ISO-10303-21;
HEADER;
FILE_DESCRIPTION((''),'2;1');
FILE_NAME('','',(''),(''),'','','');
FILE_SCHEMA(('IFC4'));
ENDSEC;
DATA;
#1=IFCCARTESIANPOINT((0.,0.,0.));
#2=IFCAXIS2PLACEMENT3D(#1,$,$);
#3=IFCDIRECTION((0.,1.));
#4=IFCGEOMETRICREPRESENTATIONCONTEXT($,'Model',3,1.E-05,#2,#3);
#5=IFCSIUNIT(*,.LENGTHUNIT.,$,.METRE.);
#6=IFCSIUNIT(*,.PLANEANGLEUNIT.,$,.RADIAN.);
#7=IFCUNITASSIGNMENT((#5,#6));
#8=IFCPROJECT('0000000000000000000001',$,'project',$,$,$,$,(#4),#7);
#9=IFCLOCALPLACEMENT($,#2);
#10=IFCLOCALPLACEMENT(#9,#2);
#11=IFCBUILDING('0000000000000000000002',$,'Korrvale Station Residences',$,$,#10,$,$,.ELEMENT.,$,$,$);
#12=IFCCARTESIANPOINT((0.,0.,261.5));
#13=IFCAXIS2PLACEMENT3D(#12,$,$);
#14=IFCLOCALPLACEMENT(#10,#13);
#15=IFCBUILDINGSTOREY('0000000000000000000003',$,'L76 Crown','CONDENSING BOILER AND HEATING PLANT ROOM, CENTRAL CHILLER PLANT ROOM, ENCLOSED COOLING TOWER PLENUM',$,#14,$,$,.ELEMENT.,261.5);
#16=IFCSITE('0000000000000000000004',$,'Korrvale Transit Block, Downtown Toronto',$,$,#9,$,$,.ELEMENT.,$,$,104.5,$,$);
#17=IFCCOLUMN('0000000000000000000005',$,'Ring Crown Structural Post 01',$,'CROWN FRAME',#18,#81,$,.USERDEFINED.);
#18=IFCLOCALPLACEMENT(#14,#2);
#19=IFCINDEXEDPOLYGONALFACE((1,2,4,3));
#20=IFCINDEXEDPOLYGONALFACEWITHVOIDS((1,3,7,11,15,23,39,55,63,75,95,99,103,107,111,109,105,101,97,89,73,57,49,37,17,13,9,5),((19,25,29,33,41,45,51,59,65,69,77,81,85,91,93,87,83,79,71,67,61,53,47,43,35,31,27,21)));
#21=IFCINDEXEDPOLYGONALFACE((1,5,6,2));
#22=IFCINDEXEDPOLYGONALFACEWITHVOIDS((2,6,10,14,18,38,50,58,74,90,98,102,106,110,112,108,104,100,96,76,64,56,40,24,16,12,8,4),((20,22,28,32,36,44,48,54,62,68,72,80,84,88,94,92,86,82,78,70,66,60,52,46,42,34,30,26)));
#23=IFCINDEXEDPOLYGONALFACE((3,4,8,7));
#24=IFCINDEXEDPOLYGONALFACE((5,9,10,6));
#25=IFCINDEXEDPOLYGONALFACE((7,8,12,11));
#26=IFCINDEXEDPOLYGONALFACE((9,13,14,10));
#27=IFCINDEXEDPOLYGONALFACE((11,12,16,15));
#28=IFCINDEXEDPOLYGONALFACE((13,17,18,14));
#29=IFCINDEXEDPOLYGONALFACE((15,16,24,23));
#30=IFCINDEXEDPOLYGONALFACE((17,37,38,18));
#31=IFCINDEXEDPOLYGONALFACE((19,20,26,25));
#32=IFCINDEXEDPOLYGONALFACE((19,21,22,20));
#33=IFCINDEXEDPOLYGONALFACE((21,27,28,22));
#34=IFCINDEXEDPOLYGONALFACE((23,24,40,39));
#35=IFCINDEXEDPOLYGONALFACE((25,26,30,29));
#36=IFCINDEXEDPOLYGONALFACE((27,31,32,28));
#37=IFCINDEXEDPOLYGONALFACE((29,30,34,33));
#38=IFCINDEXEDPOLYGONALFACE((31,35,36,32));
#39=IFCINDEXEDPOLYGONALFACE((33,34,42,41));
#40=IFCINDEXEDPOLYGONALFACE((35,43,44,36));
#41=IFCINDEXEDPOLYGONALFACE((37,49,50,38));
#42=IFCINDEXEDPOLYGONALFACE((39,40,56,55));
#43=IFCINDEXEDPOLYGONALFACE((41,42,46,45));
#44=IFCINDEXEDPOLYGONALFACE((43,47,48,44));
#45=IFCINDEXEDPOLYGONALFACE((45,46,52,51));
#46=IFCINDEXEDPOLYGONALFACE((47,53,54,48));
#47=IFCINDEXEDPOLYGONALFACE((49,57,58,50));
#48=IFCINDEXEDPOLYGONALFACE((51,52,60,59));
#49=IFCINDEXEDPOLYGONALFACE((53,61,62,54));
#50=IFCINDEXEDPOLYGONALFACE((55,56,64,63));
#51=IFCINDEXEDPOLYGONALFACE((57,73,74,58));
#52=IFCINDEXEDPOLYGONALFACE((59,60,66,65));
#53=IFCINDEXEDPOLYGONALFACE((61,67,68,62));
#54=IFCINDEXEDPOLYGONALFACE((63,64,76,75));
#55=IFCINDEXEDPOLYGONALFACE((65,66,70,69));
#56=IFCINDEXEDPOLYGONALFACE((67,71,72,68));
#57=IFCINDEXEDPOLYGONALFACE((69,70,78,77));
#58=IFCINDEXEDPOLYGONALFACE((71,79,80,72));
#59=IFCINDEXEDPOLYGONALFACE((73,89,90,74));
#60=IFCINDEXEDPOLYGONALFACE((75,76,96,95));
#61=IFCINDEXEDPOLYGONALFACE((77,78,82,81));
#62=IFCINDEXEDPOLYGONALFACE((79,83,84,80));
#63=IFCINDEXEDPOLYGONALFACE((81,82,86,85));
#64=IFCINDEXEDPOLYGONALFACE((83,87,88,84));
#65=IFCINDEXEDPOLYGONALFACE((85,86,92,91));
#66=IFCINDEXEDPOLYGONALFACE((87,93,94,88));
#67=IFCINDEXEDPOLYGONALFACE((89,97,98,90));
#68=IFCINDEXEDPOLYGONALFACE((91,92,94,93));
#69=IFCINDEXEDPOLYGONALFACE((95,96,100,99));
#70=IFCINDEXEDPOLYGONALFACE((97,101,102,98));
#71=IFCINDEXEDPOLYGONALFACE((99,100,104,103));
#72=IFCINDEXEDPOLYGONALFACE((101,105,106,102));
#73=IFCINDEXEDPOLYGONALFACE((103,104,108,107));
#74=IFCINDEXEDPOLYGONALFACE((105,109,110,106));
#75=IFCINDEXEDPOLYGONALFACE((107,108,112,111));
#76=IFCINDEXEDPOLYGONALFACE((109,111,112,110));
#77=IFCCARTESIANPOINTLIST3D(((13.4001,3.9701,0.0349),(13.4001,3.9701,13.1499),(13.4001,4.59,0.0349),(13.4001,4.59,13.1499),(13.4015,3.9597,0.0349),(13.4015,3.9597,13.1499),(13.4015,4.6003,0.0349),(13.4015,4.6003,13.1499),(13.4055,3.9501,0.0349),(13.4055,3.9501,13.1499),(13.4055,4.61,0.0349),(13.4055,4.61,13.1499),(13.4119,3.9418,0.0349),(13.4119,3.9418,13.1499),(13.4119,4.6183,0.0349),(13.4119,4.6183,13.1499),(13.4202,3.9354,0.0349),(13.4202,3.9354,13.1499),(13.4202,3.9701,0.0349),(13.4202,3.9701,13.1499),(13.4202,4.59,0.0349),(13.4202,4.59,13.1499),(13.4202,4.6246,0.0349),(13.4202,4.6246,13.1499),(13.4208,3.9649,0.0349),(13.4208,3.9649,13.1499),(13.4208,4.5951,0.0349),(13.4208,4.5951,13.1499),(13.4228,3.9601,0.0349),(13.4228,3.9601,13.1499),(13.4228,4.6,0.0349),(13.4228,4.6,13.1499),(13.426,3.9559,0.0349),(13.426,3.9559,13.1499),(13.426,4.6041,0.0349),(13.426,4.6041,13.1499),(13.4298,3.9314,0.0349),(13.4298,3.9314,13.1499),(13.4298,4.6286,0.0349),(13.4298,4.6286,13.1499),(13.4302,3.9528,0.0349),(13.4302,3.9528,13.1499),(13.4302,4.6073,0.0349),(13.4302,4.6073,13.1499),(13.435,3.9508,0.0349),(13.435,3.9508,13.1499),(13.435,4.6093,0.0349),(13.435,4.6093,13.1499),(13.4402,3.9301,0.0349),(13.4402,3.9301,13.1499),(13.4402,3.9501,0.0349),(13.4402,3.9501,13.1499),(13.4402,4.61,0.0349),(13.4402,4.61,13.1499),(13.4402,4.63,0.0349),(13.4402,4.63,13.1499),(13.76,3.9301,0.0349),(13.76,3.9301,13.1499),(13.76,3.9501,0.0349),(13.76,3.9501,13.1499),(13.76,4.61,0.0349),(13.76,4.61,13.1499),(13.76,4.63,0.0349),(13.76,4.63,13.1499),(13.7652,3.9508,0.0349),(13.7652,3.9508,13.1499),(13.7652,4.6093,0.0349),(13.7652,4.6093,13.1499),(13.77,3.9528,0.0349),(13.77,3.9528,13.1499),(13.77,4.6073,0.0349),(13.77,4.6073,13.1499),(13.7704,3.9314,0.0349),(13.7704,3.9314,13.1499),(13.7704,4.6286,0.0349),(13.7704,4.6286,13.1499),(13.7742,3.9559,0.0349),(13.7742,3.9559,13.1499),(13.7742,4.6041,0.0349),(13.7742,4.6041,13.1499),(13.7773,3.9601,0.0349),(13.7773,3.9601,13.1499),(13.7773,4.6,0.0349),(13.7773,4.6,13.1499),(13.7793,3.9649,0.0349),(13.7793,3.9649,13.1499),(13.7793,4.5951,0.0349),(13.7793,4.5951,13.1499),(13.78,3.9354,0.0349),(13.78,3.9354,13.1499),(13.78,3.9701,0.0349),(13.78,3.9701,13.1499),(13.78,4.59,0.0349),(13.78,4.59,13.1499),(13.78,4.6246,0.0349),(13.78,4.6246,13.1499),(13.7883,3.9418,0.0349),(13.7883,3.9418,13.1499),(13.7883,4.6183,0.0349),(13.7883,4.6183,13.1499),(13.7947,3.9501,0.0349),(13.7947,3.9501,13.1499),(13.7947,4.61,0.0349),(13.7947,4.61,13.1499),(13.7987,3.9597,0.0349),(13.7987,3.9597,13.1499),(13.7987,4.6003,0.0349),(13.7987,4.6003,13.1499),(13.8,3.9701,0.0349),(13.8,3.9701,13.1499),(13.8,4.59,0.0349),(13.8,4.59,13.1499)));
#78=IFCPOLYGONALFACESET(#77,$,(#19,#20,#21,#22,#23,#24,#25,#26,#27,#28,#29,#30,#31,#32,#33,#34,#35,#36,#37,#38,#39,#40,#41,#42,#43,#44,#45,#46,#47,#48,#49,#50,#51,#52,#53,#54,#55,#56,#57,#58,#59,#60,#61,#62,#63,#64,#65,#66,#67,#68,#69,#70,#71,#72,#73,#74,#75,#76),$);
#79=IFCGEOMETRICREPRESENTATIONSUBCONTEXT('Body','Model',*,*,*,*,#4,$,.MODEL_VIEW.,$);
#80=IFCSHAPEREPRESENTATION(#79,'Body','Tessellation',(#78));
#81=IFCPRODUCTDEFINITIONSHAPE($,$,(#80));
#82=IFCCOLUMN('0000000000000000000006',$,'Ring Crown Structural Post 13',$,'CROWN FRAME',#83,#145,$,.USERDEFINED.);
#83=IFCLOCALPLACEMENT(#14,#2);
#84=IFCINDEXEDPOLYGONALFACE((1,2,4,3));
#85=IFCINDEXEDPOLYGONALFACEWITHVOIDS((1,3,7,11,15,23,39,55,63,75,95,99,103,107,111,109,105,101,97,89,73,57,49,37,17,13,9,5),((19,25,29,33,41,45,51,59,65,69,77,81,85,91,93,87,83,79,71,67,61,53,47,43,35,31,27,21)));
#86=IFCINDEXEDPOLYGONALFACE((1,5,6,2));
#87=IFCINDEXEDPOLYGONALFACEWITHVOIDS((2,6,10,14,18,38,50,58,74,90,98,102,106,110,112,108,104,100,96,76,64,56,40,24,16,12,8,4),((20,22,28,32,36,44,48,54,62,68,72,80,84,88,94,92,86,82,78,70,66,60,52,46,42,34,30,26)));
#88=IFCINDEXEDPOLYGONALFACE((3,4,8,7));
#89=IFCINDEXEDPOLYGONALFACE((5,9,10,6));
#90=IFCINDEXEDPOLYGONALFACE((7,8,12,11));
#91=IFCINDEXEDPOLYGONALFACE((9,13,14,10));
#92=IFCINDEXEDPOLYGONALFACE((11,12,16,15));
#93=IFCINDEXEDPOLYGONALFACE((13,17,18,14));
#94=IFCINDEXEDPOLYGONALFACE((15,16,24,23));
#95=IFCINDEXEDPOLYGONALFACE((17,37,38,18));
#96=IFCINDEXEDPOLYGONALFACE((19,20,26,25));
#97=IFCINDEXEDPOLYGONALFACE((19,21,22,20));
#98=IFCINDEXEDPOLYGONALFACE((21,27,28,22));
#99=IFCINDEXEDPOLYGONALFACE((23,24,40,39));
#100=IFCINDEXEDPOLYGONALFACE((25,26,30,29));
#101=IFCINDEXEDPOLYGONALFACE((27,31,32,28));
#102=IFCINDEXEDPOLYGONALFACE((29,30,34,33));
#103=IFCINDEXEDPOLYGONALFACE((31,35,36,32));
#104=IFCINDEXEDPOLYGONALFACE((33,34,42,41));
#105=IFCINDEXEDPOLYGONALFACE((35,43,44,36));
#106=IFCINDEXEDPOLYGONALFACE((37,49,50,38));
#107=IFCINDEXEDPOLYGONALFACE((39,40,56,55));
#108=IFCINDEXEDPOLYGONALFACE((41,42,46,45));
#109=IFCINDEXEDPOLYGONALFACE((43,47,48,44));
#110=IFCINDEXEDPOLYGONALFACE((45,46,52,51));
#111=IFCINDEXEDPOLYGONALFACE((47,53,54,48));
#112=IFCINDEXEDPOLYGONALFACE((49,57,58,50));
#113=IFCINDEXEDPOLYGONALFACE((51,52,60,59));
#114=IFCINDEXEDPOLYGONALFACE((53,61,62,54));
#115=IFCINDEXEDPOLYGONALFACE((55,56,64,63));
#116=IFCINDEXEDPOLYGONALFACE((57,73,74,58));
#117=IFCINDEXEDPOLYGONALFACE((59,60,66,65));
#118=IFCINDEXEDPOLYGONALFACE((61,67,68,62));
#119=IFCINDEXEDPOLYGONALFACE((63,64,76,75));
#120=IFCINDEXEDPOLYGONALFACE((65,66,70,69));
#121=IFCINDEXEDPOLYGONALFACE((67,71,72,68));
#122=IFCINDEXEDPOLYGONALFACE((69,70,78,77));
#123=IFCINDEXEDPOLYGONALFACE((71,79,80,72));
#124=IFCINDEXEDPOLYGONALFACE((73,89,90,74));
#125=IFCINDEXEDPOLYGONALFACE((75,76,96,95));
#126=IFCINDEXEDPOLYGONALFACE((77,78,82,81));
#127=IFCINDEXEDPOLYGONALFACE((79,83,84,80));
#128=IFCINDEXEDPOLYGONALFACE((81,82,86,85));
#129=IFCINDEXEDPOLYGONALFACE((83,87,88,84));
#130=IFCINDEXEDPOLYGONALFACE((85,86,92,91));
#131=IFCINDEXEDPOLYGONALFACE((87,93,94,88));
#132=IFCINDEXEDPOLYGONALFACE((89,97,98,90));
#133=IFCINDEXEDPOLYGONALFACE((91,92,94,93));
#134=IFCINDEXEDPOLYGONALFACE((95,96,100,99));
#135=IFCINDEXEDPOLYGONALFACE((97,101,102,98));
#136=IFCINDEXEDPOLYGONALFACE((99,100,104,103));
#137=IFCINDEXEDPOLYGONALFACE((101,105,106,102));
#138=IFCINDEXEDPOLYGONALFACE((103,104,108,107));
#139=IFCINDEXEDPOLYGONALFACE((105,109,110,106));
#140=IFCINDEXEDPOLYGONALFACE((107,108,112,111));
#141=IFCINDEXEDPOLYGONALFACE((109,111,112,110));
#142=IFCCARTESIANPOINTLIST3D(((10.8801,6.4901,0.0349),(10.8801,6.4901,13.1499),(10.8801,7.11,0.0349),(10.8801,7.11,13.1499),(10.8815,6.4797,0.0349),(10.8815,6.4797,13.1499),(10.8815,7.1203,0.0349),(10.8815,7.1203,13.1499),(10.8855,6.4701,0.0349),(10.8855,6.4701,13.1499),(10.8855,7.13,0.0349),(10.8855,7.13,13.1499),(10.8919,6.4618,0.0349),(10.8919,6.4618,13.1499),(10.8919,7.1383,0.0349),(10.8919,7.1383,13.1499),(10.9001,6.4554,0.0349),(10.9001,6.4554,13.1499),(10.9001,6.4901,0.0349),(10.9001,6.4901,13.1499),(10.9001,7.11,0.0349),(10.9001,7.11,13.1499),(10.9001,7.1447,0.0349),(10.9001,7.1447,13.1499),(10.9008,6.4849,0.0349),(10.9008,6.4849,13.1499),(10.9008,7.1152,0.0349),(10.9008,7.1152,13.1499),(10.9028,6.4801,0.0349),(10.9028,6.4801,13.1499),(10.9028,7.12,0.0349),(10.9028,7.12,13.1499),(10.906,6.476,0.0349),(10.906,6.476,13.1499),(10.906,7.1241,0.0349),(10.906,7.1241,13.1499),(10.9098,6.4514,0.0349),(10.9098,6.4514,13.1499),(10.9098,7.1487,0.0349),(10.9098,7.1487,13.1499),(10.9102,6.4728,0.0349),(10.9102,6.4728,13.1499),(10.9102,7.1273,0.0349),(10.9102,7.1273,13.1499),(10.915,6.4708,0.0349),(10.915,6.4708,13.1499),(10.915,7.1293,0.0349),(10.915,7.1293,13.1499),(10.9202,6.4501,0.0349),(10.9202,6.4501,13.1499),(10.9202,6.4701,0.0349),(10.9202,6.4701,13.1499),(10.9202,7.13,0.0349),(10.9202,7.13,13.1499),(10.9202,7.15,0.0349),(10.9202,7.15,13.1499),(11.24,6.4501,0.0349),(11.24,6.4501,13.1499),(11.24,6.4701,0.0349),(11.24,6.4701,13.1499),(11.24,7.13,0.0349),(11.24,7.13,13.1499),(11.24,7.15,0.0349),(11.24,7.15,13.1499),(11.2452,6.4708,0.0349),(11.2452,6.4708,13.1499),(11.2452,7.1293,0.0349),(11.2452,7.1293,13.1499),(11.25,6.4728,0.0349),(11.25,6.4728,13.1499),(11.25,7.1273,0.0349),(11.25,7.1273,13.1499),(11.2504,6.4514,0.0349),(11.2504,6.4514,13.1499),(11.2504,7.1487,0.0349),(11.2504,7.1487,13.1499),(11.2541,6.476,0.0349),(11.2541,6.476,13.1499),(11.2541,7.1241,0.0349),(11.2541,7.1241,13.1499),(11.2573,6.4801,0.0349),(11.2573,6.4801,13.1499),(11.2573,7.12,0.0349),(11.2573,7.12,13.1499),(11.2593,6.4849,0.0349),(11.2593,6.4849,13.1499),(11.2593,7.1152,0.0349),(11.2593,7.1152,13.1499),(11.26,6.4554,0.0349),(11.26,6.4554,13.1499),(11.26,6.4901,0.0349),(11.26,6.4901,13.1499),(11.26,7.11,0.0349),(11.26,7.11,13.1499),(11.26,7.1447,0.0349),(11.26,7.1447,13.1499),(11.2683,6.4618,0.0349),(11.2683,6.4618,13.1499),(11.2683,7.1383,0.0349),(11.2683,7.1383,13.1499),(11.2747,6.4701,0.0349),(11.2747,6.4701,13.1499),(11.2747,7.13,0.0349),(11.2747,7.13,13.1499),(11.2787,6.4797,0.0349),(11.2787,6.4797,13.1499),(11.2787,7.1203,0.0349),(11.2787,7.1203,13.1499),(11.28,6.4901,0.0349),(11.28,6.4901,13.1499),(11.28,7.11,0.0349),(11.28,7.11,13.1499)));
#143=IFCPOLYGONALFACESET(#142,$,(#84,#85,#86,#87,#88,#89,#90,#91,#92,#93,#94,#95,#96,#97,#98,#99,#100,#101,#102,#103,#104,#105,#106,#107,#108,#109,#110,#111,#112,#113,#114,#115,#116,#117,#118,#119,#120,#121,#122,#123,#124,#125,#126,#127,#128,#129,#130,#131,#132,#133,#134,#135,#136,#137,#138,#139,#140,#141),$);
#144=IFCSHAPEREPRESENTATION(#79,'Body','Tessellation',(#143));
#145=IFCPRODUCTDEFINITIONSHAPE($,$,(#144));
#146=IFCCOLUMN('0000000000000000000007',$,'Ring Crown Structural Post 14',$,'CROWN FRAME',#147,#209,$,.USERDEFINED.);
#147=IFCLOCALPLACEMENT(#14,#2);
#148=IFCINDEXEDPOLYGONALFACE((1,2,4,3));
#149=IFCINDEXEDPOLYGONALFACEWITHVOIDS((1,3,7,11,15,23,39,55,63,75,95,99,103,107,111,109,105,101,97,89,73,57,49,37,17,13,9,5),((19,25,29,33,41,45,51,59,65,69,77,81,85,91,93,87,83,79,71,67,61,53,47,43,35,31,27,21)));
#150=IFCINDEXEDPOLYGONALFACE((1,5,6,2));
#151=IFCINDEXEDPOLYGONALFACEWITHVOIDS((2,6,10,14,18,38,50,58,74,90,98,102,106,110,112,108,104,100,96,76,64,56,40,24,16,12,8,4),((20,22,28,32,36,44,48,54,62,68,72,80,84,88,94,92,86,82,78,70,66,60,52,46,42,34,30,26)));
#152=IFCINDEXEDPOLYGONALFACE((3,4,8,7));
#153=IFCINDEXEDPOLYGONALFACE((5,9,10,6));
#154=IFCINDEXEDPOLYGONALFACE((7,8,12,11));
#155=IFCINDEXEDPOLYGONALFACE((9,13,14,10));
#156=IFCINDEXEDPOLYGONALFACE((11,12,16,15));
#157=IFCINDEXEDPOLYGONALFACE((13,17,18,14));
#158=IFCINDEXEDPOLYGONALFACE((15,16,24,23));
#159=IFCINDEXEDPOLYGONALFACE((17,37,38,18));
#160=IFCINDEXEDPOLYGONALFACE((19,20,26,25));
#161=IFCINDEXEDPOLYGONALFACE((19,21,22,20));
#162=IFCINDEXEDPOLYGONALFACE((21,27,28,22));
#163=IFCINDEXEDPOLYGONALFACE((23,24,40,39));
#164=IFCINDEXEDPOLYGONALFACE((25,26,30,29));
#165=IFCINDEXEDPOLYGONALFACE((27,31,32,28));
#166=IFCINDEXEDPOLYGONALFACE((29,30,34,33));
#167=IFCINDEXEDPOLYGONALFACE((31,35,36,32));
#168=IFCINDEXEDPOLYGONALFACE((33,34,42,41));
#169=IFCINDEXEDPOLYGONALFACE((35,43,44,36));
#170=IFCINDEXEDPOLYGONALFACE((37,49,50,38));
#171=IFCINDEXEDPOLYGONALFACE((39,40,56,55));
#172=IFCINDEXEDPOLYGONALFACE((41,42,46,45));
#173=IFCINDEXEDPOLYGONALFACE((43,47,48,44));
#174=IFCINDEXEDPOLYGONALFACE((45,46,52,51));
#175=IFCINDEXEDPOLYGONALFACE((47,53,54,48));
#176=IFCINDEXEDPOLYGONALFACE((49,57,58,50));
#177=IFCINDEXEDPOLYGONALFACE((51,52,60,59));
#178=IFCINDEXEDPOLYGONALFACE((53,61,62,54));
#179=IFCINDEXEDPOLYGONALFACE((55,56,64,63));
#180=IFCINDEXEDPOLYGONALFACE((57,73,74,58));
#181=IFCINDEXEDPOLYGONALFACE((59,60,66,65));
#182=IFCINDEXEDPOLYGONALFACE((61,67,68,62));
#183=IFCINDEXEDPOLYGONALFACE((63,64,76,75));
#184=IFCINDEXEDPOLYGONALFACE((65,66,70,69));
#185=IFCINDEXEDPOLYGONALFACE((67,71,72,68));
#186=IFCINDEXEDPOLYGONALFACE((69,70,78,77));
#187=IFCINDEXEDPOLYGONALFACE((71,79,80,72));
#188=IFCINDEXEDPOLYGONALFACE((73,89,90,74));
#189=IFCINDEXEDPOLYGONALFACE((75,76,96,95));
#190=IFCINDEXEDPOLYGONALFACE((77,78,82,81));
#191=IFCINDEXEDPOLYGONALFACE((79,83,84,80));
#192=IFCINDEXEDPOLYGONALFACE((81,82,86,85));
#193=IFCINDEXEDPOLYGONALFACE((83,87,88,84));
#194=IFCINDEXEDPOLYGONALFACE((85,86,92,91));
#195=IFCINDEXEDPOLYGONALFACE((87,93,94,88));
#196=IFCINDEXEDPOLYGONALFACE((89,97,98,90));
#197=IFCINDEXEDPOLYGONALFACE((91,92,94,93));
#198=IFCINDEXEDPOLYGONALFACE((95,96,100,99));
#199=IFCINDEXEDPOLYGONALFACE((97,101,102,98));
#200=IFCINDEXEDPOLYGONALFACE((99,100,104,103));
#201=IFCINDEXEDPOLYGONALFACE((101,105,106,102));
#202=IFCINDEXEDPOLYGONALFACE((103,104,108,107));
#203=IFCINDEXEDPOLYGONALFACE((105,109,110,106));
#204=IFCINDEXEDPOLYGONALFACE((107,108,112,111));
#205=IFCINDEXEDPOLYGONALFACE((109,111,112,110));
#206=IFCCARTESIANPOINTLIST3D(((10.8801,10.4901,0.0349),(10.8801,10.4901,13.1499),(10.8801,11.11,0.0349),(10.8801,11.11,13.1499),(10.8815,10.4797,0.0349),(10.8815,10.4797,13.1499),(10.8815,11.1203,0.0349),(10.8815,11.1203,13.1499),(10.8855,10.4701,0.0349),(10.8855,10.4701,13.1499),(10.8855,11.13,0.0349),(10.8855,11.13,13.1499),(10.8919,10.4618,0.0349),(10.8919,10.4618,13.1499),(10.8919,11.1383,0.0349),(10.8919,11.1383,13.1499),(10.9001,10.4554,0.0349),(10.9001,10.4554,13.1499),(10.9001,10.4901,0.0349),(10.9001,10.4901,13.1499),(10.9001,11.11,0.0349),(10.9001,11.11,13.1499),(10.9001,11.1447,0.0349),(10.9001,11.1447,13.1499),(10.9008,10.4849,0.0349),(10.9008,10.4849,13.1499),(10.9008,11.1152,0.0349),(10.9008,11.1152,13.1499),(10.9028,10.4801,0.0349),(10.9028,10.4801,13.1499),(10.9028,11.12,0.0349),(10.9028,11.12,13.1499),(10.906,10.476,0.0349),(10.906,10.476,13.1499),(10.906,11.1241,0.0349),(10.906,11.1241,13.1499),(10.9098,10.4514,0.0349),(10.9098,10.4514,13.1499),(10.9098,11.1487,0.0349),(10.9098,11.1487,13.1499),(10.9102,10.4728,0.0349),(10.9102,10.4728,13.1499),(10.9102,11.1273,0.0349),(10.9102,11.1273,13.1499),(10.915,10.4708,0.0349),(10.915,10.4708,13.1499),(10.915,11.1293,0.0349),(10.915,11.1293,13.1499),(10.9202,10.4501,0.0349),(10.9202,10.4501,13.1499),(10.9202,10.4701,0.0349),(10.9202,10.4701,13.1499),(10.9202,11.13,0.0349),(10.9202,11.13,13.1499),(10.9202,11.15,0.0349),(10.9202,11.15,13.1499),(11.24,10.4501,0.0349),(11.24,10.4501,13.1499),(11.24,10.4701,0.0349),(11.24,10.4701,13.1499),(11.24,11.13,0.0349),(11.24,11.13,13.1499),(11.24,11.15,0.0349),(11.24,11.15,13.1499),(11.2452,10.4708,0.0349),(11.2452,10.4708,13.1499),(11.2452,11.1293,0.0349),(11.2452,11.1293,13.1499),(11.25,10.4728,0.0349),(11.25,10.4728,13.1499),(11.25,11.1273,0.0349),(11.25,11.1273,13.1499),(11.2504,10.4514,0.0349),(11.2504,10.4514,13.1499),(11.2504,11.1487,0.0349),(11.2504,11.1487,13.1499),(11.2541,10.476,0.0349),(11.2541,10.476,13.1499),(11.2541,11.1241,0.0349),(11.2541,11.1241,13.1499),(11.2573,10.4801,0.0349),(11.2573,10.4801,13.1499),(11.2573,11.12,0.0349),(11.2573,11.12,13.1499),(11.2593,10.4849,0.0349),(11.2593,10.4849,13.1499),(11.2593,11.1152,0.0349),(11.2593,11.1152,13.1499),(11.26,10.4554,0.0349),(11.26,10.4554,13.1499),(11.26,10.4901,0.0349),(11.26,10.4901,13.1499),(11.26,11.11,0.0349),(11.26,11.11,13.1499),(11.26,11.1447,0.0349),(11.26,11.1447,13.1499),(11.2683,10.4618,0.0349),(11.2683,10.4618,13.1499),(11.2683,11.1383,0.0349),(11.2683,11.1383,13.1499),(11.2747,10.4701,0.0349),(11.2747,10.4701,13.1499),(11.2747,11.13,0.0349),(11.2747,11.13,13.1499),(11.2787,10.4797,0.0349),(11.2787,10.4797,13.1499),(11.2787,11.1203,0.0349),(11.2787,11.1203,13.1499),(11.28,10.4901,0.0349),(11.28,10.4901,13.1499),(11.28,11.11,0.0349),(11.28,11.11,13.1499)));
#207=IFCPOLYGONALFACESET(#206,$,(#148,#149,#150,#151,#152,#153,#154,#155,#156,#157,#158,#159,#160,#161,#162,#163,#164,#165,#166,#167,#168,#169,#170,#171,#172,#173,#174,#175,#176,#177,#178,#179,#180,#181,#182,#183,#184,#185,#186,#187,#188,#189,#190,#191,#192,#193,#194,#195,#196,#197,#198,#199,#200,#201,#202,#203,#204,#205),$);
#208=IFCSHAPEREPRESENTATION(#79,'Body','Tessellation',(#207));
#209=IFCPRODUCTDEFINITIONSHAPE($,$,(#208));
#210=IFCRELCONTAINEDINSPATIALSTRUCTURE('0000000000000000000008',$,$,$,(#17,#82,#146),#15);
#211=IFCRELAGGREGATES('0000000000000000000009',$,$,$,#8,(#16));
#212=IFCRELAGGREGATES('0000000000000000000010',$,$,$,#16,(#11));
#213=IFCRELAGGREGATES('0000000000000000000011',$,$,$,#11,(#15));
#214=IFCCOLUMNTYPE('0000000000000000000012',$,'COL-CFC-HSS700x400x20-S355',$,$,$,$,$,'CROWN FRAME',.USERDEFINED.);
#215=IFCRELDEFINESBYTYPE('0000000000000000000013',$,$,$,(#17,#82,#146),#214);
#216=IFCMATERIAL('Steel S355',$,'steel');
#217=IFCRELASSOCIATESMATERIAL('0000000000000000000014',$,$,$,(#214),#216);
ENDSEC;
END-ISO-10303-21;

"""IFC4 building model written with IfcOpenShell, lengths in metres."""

from ifc_helpers import new_model, si_unit, direction, frame, origin, origin_2d, place, context, subcontext, project, spatial, hollow_rectangle, extrude, material, material_profile, profile_set, type_object, element, save


model = new_model("IFC4")

# Units and contexts
model_context = context("Model", 3, precision=1e-05, world=origin(), true_north=direction((0.0, 1.0)))
body_context = subcontext(model_context, "Body", "Model", "MODEL_VIEW")
ifc_project = project(units=[si_unit("LENGTHUNIT", "METRE"), si_unit("PLANEANGLEUNIT", "RADIAN")], contexts=[model_context])

# Site, building, storey
site_placement = place(None, origin())
site = spatial("IfcSite", under=ifc_project, at=site_placement, Name="Korrvale Transit Block, Downtown Toronto", CompositionType="ELEMENT", RefElevation=104.5)
building_placement = place(site_placement, origin())
building = spatial("IfcBuilding", under=site, at=building_placement, Name="Korrvale Station Residences", CompositionType="ELEMENT")
storey_placement = place(building_placement, frame((0.0, 0.0, 261.5)))
storey = spatial("IfcBuildingStorey", under=building, at=storey_placement, Name="L76 Crown", Description="CONDENSING BOILER AND HEATING PLANT ROOM, CENTRAL CHILLER PLANT ROOM, ENCLOSED COOLING TOWER PLENUM", CompositionType="ELEMENT", Elevation=261.5)

# Columns
ifc_material_1 = material(Name="Steel S355", Category="steel")
ifc_material_profile_1 = material_profile(ifc_material_1, hollow_rectangle(XDim=0.3999, YDim=0.7, WallThickness=0.02, InnerFilletRadius=0.02, OuterFilletRadius=0.04, at=origin_2d()), Name="HSS700x400x20")
ifc_profile_set_1 = profile_set([ifc_material_profile_1], Name="Steel S355")
column_type = type_object("IfcColumnType", Name="COL-CFC-HSS700x400x20-S355", ElementType="CROWN FRAME", PredefinedType="USERDEFINED", material=ifc_profile_set_1)
for number, where, z_axis, x_axis, name in (
    (1, (13.6001, 4.28, 0.0349), (0.0, 0.0, 1.0), (1.0, 0.0, 0.0), "Ring Crown Structural Post 01"),
    (2, (11.0801, 6.8, 0.0349), (0.0, 0.0, 1.0), (1.0, 0.0, 0.0), "Ring Crown Structural Post 13"),
    (3, (11.0801, 10.8, 0.0349), (0.0, 0.0, 1.0), (1.0, 0.0, 0.0), "Ring Crown Structural Post 14"),
):
    element("IfcColumn", number, at=place(storey_placement, frame(where, z_axis=z_axis, x_axis=x_axis)), inside=storey, type_object=column_type, Name=name, ObjectType="CROWN FRAME", PredefinedType="USERDEFINED", context=body_context, shape_type="SweptSolid", body=[
        extrude(hollow_rectangle(XDim=0.3999, YDim=0.7, WallThickness=0.02, InnerFilletRadius=0.02, OuterFilletRadius=0.04, at=origin_2d()), origin(), (0.0, 0.0, 1.0), 13.115),
    ])

save(model, "model.ifc")
